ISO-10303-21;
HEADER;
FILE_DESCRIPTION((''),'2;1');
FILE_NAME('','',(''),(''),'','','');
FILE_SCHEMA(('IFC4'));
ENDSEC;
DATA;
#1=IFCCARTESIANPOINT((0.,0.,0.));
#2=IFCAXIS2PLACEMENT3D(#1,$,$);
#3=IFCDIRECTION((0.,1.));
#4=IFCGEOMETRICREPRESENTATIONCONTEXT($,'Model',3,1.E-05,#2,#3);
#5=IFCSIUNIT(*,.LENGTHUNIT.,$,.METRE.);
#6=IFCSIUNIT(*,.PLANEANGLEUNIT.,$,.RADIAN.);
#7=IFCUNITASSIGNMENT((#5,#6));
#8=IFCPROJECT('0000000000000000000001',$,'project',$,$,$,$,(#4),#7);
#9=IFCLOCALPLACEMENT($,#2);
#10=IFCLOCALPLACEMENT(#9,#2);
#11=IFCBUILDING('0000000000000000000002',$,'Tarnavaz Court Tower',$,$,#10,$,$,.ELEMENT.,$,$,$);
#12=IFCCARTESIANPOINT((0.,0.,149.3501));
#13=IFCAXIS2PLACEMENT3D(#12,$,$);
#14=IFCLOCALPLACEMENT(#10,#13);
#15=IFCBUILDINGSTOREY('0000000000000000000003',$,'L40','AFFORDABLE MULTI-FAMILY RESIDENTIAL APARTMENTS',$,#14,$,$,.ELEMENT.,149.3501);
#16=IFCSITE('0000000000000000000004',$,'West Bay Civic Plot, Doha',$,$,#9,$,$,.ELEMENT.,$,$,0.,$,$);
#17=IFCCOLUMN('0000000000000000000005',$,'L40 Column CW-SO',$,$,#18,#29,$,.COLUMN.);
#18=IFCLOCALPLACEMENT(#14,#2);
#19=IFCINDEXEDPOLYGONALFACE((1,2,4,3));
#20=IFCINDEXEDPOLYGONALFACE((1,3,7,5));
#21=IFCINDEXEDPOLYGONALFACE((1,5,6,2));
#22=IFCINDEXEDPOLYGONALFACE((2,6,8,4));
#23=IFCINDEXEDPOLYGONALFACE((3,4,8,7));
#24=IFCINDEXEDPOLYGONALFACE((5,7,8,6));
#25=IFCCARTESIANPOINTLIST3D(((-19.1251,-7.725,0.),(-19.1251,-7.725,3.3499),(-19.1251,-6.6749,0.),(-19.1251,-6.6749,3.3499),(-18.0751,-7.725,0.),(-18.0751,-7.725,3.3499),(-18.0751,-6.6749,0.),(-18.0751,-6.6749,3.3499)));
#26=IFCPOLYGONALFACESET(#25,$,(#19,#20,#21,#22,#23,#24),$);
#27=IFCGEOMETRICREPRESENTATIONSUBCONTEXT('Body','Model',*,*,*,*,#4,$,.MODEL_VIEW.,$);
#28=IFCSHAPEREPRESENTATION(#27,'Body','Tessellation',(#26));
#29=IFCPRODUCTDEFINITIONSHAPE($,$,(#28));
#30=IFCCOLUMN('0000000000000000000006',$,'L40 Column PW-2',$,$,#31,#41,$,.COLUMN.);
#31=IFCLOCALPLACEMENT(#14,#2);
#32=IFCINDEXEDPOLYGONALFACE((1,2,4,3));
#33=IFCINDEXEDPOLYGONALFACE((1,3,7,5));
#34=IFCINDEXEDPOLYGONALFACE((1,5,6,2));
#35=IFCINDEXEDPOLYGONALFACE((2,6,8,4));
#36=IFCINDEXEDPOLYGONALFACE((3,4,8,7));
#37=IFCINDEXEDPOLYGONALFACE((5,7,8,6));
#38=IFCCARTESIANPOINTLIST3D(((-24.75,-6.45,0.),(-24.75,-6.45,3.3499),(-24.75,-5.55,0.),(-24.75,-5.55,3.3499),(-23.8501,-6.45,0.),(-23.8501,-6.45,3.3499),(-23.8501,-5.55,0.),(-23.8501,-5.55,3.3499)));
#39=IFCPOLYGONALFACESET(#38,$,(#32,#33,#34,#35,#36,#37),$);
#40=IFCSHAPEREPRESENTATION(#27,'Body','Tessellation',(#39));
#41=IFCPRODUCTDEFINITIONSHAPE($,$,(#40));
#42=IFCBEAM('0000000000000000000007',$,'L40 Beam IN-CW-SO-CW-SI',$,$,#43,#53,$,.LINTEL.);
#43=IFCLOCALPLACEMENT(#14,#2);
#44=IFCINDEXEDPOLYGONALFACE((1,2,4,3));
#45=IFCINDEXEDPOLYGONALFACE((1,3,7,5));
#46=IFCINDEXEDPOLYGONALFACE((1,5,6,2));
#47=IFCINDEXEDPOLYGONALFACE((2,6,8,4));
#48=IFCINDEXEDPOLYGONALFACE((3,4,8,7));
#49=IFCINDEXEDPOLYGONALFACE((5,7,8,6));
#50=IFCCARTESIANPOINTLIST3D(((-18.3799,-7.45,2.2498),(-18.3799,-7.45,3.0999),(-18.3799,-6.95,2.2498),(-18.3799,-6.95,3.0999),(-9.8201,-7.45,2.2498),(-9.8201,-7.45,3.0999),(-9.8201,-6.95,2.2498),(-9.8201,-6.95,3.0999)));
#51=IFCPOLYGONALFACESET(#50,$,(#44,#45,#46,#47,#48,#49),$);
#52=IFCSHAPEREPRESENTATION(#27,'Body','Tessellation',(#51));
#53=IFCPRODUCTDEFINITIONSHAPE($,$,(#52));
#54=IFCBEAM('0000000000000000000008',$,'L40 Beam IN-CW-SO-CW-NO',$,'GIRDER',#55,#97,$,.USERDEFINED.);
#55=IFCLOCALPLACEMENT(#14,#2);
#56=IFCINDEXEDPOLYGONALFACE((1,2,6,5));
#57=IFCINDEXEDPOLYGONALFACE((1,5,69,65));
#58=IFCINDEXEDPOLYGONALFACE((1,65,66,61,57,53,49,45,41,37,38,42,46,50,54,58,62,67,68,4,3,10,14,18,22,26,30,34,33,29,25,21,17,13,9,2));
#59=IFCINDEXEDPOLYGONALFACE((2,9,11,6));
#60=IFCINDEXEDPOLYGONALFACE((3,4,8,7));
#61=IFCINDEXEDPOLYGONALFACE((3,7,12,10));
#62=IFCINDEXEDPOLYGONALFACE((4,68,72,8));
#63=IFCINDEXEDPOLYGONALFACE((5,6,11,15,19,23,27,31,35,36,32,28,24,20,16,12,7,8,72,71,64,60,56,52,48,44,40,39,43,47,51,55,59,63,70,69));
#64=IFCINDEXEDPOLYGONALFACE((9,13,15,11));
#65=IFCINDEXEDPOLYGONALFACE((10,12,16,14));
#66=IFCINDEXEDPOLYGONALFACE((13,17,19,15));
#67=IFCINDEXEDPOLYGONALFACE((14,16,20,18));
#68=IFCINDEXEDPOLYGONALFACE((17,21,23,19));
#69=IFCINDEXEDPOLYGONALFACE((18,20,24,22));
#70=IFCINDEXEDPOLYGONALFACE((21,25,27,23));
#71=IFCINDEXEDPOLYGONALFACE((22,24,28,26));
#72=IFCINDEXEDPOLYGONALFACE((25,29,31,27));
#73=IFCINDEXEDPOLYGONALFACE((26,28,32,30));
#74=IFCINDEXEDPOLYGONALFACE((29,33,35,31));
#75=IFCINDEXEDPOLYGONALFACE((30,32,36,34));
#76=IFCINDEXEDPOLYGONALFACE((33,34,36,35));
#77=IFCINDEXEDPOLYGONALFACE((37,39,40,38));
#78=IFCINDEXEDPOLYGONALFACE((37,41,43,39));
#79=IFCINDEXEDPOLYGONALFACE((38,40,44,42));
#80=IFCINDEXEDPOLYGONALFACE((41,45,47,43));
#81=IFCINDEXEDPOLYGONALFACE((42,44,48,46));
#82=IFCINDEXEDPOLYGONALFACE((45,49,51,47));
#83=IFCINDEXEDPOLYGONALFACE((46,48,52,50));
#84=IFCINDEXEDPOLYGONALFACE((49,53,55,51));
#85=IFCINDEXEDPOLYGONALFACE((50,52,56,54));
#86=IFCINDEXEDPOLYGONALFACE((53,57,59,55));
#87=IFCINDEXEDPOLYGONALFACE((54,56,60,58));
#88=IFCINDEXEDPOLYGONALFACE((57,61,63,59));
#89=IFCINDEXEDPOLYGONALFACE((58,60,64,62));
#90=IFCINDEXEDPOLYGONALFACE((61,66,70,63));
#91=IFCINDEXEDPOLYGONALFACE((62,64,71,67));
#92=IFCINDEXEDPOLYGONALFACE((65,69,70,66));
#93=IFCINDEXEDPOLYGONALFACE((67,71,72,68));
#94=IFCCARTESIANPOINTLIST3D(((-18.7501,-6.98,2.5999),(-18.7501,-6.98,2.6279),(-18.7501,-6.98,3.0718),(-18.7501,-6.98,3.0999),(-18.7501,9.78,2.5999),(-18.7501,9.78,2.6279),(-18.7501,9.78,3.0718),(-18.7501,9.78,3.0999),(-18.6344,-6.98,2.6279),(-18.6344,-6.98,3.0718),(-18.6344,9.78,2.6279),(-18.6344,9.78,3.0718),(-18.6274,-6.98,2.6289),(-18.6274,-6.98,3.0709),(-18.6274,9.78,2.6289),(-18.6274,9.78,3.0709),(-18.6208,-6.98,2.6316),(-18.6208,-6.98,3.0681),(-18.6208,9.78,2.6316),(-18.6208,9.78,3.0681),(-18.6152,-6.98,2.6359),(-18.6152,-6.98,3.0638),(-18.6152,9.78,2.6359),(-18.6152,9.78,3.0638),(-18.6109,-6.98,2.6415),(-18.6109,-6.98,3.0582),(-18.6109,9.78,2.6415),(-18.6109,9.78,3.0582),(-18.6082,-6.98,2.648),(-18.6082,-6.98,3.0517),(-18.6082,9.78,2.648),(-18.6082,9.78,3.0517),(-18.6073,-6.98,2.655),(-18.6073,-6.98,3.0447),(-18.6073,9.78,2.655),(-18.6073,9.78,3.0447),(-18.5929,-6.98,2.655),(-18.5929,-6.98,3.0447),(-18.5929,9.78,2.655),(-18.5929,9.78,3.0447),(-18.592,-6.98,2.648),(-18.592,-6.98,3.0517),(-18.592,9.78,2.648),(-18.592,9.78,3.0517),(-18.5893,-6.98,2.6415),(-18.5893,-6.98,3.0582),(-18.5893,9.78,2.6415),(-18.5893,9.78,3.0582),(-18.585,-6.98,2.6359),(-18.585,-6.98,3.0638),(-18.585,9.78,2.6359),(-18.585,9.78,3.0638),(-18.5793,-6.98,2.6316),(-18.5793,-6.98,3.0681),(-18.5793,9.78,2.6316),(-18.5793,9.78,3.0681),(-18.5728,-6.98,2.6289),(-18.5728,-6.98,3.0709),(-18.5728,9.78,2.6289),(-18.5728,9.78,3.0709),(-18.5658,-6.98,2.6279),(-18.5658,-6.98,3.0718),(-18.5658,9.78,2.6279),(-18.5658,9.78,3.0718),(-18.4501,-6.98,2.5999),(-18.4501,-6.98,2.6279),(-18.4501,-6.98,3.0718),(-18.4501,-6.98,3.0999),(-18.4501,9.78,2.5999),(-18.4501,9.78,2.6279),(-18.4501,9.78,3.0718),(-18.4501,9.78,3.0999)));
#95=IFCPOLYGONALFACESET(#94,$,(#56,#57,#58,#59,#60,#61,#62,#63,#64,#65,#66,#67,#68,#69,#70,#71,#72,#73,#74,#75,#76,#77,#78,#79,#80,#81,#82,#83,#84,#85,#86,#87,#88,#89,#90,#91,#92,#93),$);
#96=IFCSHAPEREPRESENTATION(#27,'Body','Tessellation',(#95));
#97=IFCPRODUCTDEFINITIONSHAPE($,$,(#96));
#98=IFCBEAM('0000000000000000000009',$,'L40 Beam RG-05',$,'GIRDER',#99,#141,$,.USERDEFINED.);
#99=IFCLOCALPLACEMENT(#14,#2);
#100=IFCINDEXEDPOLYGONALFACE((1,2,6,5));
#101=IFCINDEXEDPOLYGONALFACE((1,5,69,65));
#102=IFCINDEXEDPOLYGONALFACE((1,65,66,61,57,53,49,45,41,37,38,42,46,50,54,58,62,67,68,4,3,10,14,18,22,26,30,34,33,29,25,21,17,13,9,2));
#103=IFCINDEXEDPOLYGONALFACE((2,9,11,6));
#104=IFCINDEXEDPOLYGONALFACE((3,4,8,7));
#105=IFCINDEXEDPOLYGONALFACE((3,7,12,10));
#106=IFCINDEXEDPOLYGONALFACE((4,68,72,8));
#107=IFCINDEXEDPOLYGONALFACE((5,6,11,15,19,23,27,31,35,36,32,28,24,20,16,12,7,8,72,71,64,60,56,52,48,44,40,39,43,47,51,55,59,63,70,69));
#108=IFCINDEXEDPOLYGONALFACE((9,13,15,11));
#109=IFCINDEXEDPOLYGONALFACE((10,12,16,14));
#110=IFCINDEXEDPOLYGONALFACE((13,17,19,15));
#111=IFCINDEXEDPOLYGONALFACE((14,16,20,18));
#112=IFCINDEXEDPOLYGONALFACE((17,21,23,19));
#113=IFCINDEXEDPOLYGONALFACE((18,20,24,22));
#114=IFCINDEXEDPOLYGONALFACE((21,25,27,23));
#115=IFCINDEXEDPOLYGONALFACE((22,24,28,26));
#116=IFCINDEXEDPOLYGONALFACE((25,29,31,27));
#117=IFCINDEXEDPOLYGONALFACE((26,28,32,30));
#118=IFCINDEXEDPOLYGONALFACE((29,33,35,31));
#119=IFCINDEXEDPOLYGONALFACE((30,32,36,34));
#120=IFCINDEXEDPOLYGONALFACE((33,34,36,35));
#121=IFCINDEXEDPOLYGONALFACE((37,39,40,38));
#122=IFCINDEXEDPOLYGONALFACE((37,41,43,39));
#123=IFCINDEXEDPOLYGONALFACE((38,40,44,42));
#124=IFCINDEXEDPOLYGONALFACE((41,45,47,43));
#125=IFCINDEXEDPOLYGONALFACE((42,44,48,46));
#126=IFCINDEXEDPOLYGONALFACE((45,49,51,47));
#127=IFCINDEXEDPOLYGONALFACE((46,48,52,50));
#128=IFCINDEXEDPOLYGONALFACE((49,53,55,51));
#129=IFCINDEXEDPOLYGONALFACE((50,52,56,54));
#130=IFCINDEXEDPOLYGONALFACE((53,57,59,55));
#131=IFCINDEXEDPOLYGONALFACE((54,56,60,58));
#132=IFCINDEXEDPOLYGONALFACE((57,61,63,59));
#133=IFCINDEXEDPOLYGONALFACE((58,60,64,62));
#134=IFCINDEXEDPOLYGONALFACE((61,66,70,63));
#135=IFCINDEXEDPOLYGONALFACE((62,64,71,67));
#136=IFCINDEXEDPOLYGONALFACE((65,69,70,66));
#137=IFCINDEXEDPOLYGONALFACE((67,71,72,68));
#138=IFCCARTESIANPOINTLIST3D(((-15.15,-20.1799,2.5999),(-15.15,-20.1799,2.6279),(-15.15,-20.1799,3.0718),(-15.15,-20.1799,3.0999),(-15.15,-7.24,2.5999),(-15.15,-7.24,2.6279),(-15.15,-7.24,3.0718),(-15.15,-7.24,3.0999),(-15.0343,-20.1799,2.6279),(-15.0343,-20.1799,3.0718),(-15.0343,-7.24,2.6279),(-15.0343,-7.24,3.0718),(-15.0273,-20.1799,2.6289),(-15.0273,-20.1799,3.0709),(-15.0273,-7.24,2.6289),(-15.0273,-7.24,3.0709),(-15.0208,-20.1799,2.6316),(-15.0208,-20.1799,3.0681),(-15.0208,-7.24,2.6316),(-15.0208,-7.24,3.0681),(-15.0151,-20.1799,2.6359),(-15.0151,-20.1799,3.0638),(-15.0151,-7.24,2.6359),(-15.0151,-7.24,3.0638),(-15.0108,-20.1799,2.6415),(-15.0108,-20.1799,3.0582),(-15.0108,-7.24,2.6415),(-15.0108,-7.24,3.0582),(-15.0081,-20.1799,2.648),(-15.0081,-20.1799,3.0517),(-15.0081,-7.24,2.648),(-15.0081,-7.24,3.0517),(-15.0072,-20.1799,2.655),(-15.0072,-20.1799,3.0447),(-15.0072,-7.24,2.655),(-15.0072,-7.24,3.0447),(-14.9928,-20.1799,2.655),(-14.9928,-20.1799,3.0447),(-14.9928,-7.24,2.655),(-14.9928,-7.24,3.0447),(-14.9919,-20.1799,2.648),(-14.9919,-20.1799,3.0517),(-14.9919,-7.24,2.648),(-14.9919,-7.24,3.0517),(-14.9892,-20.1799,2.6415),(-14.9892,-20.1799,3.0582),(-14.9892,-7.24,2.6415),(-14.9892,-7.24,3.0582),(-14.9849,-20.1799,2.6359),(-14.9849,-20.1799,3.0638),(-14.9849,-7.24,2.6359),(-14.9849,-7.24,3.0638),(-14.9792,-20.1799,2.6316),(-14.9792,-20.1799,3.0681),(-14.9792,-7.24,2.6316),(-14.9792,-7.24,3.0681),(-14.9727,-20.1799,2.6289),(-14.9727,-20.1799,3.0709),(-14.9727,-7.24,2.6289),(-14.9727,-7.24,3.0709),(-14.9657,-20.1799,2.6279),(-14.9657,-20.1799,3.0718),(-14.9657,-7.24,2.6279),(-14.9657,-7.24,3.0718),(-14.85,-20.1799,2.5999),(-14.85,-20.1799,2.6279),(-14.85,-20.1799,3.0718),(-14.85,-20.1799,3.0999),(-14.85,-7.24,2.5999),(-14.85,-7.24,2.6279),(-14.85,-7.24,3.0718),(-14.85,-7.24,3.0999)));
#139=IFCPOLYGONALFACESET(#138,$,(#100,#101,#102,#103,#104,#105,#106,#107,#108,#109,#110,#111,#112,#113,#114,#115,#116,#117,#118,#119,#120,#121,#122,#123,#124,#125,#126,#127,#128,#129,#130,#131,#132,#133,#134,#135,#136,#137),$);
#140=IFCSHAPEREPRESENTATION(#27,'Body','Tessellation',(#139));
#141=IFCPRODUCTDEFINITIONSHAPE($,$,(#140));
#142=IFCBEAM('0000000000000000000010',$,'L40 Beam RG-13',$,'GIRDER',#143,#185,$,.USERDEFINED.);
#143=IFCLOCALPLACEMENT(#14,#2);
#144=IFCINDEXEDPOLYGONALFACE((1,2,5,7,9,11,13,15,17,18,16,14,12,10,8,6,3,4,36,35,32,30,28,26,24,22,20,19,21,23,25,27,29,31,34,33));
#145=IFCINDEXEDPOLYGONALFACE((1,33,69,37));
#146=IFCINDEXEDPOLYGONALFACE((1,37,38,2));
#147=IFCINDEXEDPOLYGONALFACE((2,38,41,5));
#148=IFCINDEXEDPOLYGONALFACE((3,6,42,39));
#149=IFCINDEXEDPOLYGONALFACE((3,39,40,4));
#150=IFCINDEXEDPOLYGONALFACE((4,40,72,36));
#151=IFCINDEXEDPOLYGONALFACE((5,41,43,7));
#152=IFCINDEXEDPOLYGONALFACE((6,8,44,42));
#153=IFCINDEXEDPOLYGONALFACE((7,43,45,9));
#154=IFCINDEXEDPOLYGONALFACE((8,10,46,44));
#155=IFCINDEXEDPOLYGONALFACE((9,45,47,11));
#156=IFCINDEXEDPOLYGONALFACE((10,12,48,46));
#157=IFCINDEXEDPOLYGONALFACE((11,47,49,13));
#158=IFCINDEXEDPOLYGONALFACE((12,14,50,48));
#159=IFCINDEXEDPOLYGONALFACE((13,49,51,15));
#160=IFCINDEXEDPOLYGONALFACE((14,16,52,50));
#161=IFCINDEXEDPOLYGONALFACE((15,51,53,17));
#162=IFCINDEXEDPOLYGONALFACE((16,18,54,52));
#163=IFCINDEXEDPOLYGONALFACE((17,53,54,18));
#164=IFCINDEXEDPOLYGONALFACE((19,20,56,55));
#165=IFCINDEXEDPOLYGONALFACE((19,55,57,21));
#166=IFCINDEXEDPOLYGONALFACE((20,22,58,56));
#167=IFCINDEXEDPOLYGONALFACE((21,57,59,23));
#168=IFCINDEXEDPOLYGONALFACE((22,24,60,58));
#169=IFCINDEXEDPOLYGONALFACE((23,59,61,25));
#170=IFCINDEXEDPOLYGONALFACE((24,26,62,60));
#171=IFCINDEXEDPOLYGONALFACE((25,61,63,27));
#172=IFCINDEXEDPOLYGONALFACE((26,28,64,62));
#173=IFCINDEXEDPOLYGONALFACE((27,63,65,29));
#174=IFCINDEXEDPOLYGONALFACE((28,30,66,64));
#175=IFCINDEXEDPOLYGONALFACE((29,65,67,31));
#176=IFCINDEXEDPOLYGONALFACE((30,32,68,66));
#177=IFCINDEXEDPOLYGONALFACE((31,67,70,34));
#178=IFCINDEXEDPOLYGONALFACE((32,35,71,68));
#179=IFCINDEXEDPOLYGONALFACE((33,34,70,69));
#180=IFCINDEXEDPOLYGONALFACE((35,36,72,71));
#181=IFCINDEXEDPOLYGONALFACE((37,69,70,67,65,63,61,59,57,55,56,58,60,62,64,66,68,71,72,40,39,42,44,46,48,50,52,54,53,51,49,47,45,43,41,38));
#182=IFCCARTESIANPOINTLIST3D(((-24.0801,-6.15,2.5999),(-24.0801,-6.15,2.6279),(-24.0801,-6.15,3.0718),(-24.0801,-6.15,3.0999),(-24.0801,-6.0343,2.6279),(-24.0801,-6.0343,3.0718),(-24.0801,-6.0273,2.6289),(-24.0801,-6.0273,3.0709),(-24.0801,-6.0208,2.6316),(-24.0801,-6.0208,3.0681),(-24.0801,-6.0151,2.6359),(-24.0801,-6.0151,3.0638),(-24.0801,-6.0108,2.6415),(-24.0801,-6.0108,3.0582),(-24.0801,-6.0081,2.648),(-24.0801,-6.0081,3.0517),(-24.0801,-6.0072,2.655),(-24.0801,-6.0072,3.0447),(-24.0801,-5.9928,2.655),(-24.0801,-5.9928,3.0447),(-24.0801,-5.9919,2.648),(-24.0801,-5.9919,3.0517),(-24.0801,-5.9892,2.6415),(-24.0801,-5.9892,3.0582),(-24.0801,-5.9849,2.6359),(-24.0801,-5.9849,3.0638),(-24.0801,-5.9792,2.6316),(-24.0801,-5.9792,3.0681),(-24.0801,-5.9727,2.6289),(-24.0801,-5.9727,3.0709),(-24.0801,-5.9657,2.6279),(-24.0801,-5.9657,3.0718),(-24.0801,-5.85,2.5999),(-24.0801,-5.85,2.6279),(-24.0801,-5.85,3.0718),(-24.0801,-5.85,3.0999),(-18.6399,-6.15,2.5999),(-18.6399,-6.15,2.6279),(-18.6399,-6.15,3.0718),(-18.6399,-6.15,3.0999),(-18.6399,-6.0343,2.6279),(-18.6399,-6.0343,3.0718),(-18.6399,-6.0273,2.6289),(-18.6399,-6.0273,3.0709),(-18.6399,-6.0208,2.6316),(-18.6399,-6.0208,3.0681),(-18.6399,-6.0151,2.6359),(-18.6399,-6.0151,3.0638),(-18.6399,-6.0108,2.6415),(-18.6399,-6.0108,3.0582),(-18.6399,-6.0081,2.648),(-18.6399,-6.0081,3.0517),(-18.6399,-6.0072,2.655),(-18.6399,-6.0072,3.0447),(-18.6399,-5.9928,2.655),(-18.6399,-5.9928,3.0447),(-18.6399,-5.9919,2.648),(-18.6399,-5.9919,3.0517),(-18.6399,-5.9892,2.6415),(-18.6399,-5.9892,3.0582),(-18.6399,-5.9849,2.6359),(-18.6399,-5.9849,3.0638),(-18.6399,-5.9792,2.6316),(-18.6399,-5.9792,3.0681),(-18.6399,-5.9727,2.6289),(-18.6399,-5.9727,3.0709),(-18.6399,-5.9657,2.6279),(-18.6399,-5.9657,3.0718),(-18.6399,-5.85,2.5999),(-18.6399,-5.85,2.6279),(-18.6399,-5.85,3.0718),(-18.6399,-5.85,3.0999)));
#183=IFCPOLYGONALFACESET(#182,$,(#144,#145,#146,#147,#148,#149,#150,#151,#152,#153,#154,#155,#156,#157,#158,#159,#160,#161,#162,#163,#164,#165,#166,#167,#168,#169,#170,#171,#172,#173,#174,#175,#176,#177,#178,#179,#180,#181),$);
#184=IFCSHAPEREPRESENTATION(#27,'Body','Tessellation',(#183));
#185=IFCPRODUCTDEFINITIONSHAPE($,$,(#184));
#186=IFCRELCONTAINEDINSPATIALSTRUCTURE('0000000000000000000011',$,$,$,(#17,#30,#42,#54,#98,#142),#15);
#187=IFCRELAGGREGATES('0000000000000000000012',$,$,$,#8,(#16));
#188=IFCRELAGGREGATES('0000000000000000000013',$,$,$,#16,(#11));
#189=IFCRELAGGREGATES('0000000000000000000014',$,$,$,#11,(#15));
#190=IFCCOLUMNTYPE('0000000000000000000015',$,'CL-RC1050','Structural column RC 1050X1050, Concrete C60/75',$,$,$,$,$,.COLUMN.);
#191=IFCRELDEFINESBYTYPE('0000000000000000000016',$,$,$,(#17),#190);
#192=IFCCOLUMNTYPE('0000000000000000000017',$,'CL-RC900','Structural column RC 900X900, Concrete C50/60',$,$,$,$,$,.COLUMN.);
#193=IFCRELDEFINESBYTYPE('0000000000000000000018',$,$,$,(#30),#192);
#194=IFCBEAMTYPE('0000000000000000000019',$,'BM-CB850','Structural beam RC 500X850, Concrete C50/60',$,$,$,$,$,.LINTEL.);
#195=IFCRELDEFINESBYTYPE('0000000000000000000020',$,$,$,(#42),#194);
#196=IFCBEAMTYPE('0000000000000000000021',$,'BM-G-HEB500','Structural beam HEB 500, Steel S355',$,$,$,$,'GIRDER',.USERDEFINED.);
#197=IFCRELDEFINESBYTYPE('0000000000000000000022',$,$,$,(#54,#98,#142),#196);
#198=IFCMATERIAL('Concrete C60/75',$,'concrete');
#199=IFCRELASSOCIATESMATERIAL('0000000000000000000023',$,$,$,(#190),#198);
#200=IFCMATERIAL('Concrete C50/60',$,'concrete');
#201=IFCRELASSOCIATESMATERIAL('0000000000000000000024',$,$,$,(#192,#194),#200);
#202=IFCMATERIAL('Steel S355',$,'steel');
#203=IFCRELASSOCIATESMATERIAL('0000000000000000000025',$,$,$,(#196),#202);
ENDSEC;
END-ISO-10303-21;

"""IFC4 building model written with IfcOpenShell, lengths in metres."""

from ifc_helpers import new_model, si_unit, direction, frame, origin, origin_2d, place, context, subcontext, project, spatial, rectangle, i_section, extrude, material, material_profile, profile_set, type_object, element, save


model = new_model("IFC4")

# Units and contexts
model_context = context("Model", 3, precision=1e-05, world=origin(), true_north=direction((0.0, 1.0)))
body_context = subcontext(model_context, "Body", "Model", "MODEL_VIEW")
ifc_project = project(units=[si_unit("LENGTHUNIT", "METRE"), si_unit("PLANEANGLEUNIT", "RADIAN")], contexts=[model_context])

# Site, building, storey
site_placement = place(None, origin())
site = spatial("IfcSite", under=ifc_project, at=site_placement, Name="West Bay Civic Plot, Doha", CompositionType="ELEMENT", RefElevation=0.0)
building_placement = place(site_placement, origin())
building = spatial("IfcBuilding", under=site, at=building_placement, Name="Tarnavaz Court Tower", CompositionType="ELEMENT")
storey_placement = place(building_placement, frame((0.0, 0.0, 149.3501)))
storey = spatial("IfcBuildingStorey", under=building, at=storey_placement, Name="L40", Description="AFFORDABLE MULTI-FAMILY RESIDENTIAL APARTMENTS", CompositionType="ELEMENT", Elevation=149.3501)

# Columns
ifc_material_1 = material(Name="Concrete C60/75", Category="concrete")
ifc_material_profile_1 = material_profile(ifc_material_1, rectangle(XDim=1.05, YDim=1.05, at=origin_2d()), Name="RC 1050X1050")
ifc_profile_set_1 = profile_set([ifc_material_profile_1], Name="Concrete C60/75")
column_type_1 = type_object("IfcColumnType", Name="CL-RC1050", Description="Structural column RC 1050X1050, Concrete C60/75", PredefinedType="COLUMN", material=ifc_profile_set_1)
column_1_placement = place(storey_placement, frame((-18.6001, -7.2, 0.0), z_axis=(0.0, 0.0, 1.0), x_axis=(1.0, 0.0, 0.0)))
element("IfcColumn", 1, at=column_1_placement, inside=storey, type_object=column_type_1, Name="L40 Column CW-SO", PredefinedType="COLUMN", context=body_context, shape_type="SweptSolid", body=[
    extrude(rectangle(XDim=1.05, YDim=1.05, at=origin_2d()), origin(), (0.0, 0.0, 1.0), 3.3499),
])
ifc_material_2 = material(Name="Concrete C50/60", Category="concrete")
ifc_material_profile_2 = material_profile(ifc_material_2, rectangle(XDim=0.8999, YDim=0.8999, at=origin_2d()), Name="RC 900X900")
ifc_profile_set_2 = profile_set([ifc_material_profile_2], Name="Concrete C50/60")
column_type_2 = type_object("IfcColumnType", Name="CL-RC900", Description="Structural column RC 900X900, Concrete C50/60", PredefinedType="COLUMN", material=ifc_profile_set_2)
column_2_placement = place(storey_placement, frame((-24.3, -6.0, 0.0), z_axis=(0.0, 0.0, 1.0), x_axis=(1.0, 0.0, 0.0)))
element("IfcColumn", 2, at=column_2_placement, inside=storey, type_object=column_type_2, Name="L40 Column PW-2", PredefinedType="COLUMN", context=body_context, shape_type="SweptSolid", body=[
    extrude(rectangle(XDim=0.8999, YDim=0.8999, at=origin_2d()), origin(), (0.0, 0.0, 1.0), 3.3499),
])

# Beams
ifc_material_profile_3 = material_profile(ifc_material_2, rectangle(XDim=0.5, YDim=0.8501, at=origin_2d()), Name="RC 500X850")
ifc_profile_set_3 = profile_set([ifc_material_profile_3], Name="Concrete C50/60")
beam_type_1 = type_object("IfcBeamType", Name="BM-CB850", Description="Structural beam RC 500X850, Concrete C50/60", PredefinedType="LINTEL", material=ifc_profile_set_3)
beam_1_placement = place(storey_placement, frame((-18.3799, -7.2, 2.6748), z_axis=(1.0, 0.0, 0.0), x_axis=(0.0, 1.0, 0.0)))
element("IfcBeam", 3, at=beam_1_placement, inside=storey, type_object=beam_type_1, Name="L40 Beam IN-CW-SO-CW-SI", PredefinedType="LINTEL", context=body_context, shape_type="SweptSolid", body=[
    extrude(rectangle(XDim=0.5, YDim=0.8501, at=origin_2d()), origin(), (0.0, 0.0, 1.0), 8.5598),
])
ifc_material_3 = material(Name="Steel S355", Category="steel")
ifc_material_profile_4 = material_profile(ifc_material_3, i_section(OverallWidth=0.3, OverallDepth=0.5, WebThickness=0.0144, FlangeThickness=0.0281, FilletRadius=0.0271, at=origin_2d()), Name="HEB 500")
ifc_profile_set_4 = profile_set([ifc_material_profile_4], Name="Steel S355")
beam_type_2 = type_object("IfcBeamType", Name="BM-G-HEB500", Description="Structural beam HEB 500, Steel S355", ElementType="GIRDER", PredefinedType="USERDEFINED", material=ifc_profile_set_4)
beam_2_placement = place(storey_placement, frame((-18.6001, -6.98, 2.8499), z_axis=(0.0, 1.0, 0.0), x_axis=(-1.0, 0.0, 0.0)))
element("IfcBeam", 4, at=beam_2_placement, inside=storey, type_object=beam_type_2, Name="L40 Beam IN-CW-SO-CW-NO", ObjectType="GIRDER", PredefinedType="USERDEFINED", context=body_context, shape_type="SweptSolid", body=[
    extrude(i_section(OverallWidth=0.3, OverallDepth=0.5, WebThickness=0.0144, FlangeThickness=0.0281, FilletRadius=0.0271, at=origin_2d()), origin(), (0.0, 0.0, 1.0), 16.76),
])
beam_3_placement = place(storey_placement, frame((-15.0, -7.24, 2.8499), z_axis=(0.0, -1.0, 0.0), x_axis=(1.0, 0.0, 0.0)))
element("IfcBeam", 5, at=beam_3_placement, inside=storey, type_object=beam_type_2, Name="L40 Beam RG-05", ObjectType="GIRDER", PredefinedType="USERDEFINED", context=body_context, shape_type="SweptSolid", body=[
    extrude(i_section(OverallWidth=0.3, OverallDepth=0.5, WebThickness=0.0144, FlangeThickness=0.0281, FilletRadius=0.0271, at=origin_2d()), origin(), (0.0, 0.0, 1.0), 12.9399),
])
beam_4_placement = place(storey_placement, frame((-18.6399, -6.0, 2.8499), z_axis=(-1.0, 0.0, 0.0), x_axis=(0.0, -1.0, 0.0)))
element("IfcBeam", 6, at=beam_4_placement, inside=storey, type_object=beam_type_2, Name="L40 Beam RG-13", ObjectType="GIRDER", PredefinedType="USERDEFINED", context=body_context, shape_type="SweptSolid", body=[
    extrude(i_section(OverallWidth=0.3, OverallDepth=0.5, WebThickness=0.0144, FlangeThickness=0.0281, FilletRadius=0.0271, at=origin_2d()), origin(), (0.0, 0.0, 1.0), 5.4402),
])

save(model, "model.ifc")
